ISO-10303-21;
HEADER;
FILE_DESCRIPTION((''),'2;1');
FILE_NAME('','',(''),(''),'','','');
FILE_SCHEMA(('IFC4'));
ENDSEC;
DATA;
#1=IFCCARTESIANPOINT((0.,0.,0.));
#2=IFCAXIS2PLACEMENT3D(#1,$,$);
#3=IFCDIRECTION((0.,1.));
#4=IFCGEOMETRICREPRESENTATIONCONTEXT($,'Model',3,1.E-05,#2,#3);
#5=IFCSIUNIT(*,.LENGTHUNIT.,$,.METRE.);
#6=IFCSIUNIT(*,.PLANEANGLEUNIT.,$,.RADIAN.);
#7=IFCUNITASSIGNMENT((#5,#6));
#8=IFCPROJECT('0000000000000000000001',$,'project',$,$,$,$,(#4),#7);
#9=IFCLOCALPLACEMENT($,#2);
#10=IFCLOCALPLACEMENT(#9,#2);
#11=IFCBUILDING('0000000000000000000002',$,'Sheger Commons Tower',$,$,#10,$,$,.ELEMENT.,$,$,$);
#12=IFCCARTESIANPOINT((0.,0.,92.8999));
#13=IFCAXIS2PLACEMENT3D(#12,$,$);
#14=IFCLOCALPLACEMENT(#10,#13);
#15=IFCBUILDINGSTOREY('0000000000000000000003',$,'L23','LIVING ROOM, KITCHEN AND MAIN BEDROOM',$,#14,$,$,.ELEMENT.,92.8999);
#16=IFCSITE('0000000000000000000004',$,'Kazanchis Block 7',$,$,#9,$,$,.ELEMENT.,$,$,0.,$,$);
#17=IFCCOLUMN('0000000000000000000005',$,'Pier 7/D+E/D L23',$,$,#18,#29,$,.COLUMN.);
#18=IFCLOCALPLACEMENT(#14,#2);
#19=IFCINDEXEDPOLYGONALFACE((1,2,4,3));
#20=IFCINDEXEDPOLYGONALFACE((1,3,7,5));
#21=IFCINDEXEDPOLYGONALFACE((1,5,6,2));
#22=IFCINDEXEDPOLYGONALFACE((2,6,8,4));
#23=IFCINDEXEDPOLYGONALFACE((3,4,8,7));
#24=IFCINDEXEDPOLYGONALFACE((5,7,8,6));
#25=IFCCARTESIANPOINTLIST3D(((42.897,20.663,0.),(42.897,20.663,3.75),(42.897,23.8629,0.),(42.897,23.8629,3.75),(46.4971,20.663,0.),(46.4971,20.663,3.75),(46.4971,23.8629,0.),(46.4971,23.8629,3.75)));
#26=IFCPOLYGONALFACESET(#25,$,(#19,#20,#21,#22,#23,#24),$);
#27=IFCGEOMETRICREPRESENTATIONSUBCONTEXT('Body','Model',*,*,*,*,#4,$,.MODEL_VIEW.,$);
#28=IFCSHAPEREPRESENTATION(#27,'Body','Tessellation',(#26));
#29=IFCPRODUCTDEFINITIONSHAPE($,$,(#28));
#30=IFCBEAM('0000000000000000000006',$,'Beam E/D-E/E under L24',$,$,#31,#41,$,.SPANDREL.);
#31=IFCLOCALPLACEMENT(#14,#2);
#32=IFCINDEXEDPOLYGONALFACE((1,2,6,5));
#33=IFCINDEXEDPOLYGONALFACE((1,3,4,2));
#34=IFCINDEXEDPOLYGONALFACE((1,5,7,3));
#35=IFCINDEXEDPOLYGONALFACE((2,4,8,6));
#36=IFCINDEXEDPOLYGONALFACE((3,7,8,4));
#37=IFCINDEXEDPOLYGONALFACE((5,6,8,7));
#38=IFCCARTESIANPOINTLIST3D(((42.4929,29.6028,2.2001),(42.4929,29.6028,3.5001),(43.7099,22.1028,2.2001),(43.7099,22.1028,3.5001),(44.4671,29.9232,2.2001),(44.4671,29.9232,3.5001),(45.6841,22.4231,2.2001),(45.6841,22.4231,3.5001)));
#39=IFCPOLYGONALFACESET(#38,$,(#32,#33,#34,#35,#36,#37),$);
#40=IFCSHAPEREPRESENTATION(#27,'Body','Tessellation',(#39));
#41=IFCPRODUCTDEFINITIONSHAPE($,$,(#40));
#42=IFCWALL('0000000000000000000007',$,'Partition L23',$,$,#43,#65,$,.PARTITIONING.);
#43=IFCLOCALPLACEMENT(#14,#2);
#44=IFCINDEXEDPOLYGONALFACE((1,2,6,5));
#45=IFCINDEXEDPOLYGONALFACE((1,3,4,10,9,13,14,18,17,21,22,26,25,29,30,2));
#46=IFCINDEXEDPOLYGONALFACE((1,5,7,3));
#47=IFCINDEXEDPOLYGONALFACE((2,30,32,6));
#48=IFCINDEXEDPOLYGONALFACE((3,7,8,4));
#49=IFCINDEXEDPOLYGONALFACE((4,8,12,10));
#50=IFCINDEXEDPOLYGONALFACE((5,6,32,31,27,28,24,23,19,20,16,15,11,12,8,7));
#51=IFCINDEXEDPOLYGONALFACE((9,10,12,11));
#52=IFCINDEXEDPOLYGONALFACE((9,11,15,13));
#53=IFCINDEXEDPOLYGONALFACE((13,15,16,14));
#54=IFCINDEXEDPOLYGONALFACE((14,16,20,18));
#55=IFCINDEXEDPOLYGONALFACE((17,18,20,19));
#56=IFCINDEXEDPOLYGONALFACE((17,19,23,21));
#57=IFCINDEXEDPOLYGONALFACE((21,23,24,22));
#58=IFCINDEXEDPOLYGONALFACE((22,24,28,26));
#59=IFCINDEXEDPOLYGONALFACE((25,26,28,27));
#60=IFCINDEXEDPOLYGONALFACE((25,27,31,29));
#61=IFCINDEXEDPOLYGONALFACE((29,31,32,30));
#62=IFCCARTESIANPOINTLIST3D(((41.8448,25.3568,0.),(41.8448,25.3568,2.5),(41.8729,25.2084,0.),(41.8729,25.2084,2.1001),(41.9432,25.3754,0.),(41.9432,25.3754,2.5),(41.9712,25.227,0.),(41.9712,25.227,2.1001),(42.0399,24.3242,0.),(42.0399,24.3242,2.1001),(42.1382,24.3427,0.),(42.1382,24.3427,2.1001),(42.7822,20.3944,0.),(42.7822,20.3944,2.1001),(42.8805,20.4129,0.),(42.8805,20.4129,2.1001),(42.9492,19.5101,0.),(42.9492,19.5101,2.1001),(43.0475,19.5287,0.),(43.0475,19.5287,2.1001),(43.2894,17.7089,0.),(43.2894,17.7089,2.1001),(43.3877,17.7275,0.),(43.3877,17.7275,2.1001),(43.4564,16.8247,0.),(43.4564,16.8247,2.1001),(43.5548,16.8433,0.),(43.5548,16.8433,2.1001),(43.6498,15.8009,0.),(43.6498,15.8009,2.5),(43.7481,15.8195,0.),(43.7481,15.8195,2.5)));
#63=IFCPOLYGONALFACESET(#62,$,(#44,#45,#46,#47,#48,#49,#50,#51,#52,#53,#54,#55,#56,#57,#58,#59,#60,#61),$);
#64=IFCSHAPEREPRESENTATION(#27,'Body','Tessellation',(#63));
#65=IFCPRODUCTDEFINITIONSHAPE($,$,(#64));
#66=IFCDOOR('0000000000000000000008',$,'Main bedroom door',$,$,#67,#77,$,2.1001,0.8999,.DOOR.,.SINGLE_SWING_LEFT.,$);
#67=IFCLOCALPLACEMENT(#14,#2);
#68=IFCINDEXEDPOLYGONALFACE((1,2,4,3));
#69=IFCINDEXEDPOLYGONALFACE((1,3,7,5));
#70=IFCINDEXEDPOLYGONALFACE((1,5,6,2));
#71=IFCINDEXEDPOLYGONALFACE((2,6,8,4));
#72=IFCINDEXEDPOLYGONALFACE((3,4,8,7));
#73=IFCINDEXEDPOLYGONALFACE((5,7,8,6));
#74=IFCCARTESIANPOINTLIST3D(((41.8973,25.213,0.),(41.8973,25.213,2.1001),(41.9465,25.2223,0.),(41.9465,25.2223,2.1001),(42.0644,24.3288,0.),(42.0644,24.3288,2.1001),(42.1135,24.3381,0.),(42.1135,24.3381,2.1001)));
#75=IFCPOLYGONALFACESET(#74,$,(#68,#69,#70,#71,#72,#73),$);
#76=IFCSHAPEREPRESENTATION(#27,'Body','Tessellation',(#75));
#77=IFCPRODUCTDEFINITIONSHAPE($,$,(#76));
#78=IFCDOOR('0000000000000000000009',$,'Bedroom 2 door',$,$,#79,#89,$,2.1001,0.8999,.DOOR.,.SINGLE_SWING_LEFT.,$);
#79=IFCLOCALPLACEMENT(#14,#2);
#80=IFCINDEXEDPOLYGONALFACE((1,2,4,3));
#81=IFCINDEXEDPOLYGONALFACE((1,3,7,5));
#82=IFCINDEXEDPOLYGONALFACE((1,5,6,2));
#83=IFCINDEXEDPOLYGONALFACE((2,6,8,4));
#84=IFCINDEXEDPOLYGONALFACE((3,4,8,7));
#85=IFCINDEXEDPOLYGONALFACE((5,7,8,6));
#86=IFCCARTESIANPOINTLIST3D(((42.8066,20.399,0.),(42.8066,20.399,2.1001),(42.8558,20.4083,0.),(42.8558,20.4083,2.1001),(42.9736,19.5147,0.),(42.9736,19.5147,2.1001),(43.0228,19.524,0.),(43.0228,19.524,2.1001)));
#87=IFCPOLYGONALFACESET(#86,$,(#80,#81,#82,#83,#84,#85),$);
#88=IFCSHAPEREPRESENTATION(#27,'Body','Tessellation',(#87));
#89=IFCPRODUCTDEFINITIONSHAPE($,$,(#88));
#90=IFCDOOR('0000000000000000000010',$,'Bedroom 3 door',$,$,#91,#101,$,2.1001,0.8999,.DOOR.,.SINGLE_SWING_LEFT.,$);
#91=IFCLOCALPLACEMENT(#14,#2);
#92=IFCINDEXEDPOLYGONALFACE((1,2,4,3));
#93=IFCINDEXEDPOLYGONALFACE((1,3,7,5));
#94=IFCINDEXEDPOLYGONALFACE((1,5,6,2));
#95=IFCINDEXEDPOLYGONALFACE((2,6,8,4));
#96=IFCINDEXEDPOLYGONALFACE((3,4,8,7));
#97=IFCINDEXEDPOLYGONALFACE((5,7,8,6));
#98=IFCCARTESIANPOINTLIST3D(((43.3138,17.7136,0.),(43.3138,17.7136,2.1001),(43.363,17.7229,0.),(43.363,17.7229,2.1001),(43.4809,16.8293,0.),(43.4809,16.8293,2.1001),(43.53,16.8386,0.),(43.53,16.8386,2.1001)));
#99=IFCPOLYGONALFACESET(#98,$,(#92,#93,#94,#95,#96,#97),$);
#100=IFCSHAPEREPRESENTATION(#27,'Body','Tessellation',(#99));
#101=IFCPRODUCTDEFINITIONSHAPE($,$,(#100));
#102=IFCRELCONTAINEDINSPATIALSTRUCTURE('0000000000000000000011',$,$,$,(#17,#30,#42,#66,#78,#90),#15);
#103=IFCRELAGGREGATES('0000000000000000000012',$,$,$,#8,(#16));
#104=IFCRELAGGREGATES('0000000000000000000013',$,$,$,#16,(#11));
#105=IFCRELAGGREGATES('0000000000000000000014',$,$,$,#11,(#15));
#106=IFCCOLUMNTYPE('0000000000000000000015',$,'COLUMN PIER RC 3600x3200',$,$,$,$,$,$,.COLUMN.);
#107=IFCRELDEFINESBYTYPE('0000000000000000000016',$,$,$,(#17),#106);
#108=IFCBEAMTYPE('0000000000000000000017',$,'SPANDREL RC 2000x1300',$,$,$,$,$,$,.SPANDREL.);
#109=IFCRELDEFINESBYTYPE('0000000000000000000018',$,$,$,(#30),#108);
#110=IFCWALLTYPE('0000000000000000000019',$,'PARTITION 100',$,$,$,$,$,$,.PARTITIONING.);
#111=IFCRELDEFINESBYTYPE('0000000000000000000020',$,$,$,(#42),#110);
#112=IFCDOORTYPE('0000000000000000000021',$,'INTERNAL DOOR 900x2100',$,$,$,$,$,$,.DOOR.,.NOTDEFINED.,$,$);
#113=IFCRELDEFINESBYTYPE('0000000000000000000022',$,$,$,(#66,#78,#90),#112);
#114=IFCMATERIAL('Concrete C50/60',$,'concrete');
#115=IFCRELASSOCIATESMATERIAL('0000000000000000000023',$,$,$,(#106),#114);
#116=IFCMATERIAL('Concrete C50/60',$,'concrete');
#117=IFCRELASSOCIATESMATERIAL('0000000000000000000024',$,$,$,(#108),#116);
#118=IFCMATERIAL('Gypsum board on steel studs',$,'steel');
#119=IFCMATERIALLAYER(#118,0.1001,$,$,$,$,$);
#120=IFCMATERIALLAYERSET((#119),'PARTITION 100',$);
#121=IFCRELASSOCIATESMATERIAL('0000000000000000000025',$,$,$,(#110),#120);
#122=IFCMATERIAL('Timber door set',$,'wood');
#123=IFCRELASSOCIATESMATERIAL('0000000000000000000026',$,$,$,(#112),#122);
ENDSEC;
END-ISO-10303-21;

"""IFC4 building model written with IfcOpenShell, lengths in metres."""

from ifc_helpers import new_model, si_unit, direction, frame, frame_2d, origin, origin_2d, place, context, subcontext, project, spatial, rectangle, extrude, material, layer, layer_set, material_profile, profile_set, type_object, element, fill, save


model = new_model("IFC4")

# Units and contexts
model_context = context("Model", 3, precision=1e-05, world=origin(), true_north=direction((0.0, 1.0)))
body_context = subcontext(model_context, "Body", "Model", "MODEL_VIEW")
ifc_project = project(units=[si_unit("LENGTHUNIT", "METRE"), si_unit("PLANEANGLEUNIT", "RADIAN")], contexts=[model_context])

# Site, building, storey
site_placement = place(None, origin())
site = spatial("IfcSite", under=ifc_project, at=site_placement, Name="Kazanchis Block 7", CompositionType="ELEMENT", RefElevation=0.0)
building_placement = place(site_placement, origin())
building = spatial("IfcBuilding", under=site, at=building_placement, Name="Sheger Commons Tower", CompositionType="ELEMENT")
storey_placement = place(building_placement, frame((0.0, 0.0, 92.8999)))
storey = spatial("IfcBuildingStorey", under=building, at=storey_placement, Name="L23", Description="LIVING ROOM, KITCHEN AND MAIN BEDROOM", CompositionType="ELEMENT", Elevation=92.8999)

# Column
ifc_material_1 = material(Name="Concrete C50/60", Category="concrete")
ifc_material_profile_1 = material_profile(ifc_material_1, rectangle(XDim=3.6001, YDim=3.2, at=origin_2d()), Name="RC 3600x3200")
ifc_profile_set_1 = profile_set([ifc_material_profile_1], Name="Concrete C50/60")
column_type = type_object("IfcColumnType", Name="COLUMN PIER RC 3600x3200", PredefinedType="COLUMN", material=ifc_profile_set_1)
column_placement = place(storey_placement, frame((44.697, 22.2629, 0.0), z_axis=(0.0, 0.0, 1.0), x_axis=(1.0, 0.0, 0.0)))
element("IfcColumn", 1, at=column_placement, inside=storey, type_object=column_type, Name="Pier 7/D+E/D L23", PredefinedType="COLUMN", context=body_context, shape_type="SweptSolid", body=[
    extrude(rectangle(XDim=3.6001, YDim=3.2, at=origin_2d()), origin(), (0.0, 0.0, 1.0), 3.75),
])

# Beam
ifc_material_2 = material(Name="Concrete C50/60", Category="concrete")
ifc_material_profile_2 = material_profile(ifc_material_2, rectangle(XDim=2.0, YDim=1.3, at=origin_2d()), Name="RC 2000x1300")
ifc_profile_set_2 = profile_set([ifc_material_profile_2], Name="Concrete C50/60")
beam_type = type_object("IfcBeamType", Name="SPANDREL RC 2000x1300", PredefinedType="SPANDREL", material=ifc_profile_set_2)
beam_placement = place(storey_placement, frame((44.697, 22.2629, 2.8501), z_axis=(-0.160177, 0.987088, 0.0), x_axis=(-0.987088, -0.160177, 0.0)))
element("IfcBeam", 2, at=beam_placement, inside=storey, type_object=beam_type, Name="Beam E/D-E/E under L24", PredefinedType="SPANDREL", context=body_context, shape_type="SweptSolid", body=[
    extrude(rectangle(XDim=2.0, YDim=1.3, at=origin_2d()), origin(), (0.0, 0.0, 1.0), 7.5981),
])

# Wall, openings, doors
ifc_material_3 = material(Name="Gypsum board on steel studs", Category="steel")
ifc_layer = layer(ifc_material_3, 0.1001)
ifc_layer_set = layer_set([ifc_layer], Name="PARTITION 100")
wall_type = type_object("IfcWallType", Name="PARTITION 100", PredefinedType="PARTITIONING", material=ifc_layer_set)
wall_1_placement = place(storey_placement, frame((41.894, 25.366, 0.0), z_axis=(0.0, 0.0, 1.0), x_axis=(0.1856, -0.982625, 0.0)))
wall_1 = element("IfcWall", 3, at=wall_1_placement, inside=storey, type_object=wall_type, Name="Partition L23", PredefinedType="PARTITIONING", context=body_context, shape_type="SweptSolid", body=[
    extrude(rectangle(XDim=9.7249, YDim=0.1001, at=frame_2d((4.8623, 0.0))), origin(), (0.0, 0.0, 1.0), 2.5),
])
opening_1_placement = place(wall_1_placement, frame((0.1509, 0.0, 0.0)))
opening_1 = element("IfcOpeningElement", 4, at=opening_1_placement, cuts=wall_1, PredefinedType="OPENING", context=body_context, shape_type="SweptSolid", body=[
    extrude(rectangle(XDim=0.8999, YDim=2.1001, at=frame_2d((0.45, 1.05))), frame((0.0, 0.0601, 0.0), z_axis=(0.0, -1.0, 0.0), x_axis=(1.0, 0.0, 0.0)), (0.0, 0.0, 1.0), 0.1201),
])
opening_2_placement = place(wall_1_placement, frame((5.05, 0.0, 0.0)))
opening_2 = element("IfcOpeningElement", 5, at=opening_2_placement, cuts=wall_1, PredefinedType="OPENING", context=body_context, shape_type="SweptSolid", body=[
    extrude(rectangle(XDim=0.8999, YDim=2.1001, at=frame_2d((0.45, 1.05))), frame((0.0, 0.0601, 0.0), z_axis=(0.0, -1.0, 0.0), x_axis=(1.0, 0.0, 0.0)), (0.0, 0.0, 1.0), 0.1201),
])
opening_3_placement = place(wall_1_placement, frame((7.783, 0.0, 0.0)))
opening_3 = element("IfcOpeningElement", 6, at=opening_3_placement, cuts=wall_1, PredefinedType="OPENING", context=body_context, shape_type="SweptSolid", body=[
    extrude(rectangle(XDim=0.8999, YDim=2.1001, at=frame_2d((0.45, 1.05))), frame((0.0, 0.0601, 0.0), z_axis=(0.0, -1.0, 0.0), x_axis=(1.0, 0.0, 0.0)), (0.0, 0.0, 1.0), 0.1201),
])
ifc_material_4 = material(Name="Timber door set", Category="wood")
door_type = type_object("IfcDoorType", Name="INTERNAL DOOR 900x2100", OperationType="NOTDEFINED", PredefinedType="DOOR", material=ifc_material_4)
door_1_placement = place(opening_1_placement, origin())
door_1 = element("IfcDoor", 7, at=door_1_placement, inside=storey, type_object=door_type, Name="Main bedroom door", OperationType="SINGLE_SWING_LEFT", OverallHeight=2.1001, OverallWidth=0.8999, PredefinedType="DOOR", context=body_context, shape_type="SweptSolid", body=[
    extrude(rectangle(XDim=0.8999, YDim=2.1001, at=frame_2d((0.45, 1.05))), frame((0.0, 0.0249, 0.0), z_axis=(0.0, -1.0, 0.0), x_axis=(1.0, 0.0, 0.0)), (0.0, 0.0, 1.0), 0.05),
])
fill(opening_1, door_1)
door_2_placement = place(opening_2_placement, origin())
door_2 = element("IfcDoor", 8, at=door_2_placement, inside=storey, type_object=door_type, Name="Bedroom 2 door", OperationType="SINGLE_SWING_LEFT", OverallHeight=2.1001, OverallWidth=0.8999, PredefinedType="DOOR", context=body_context, shape_type="SweptSolid", body=[
    extrude(rectangle(XDim=0.8999, YDim=2.1001, at=frame_2d((0.45, 1.05))), frame((0.0, 0.0249, 0.0), z_axis=(0.0, -1.0, 0.0), x_axis=(1.0, 0.0, 0.0)), (0.0, 0.0, 1.0), 0.05),
])
fill(opening_2, door_2)
door_3_placement = place(opening_3_placement, origin())
door_3 = element("IfcDoor", 9, at=door_3_placement, inside=storey, type_object=door_type, Name="Bedroom 3 door", OperationType="SINGLE_SWING_LEFT", OverallHeight=2.1001, OverallWidth=0.8999, PredefinedType="DOOR", context=body_context, shape_type="SweptSolid", body=[
    extrude(rectangle(XDim=0.8999, YDim=2.1001, at=frame_2d((0.45, 1.05))), frame((0.0, 0.0249, 0.0), z_axis=(0.0, -1.0, 0.0), x_axis=(1.0, 0.0, 0.0)), (0.0, 0.0, 1.0), 0.05),
])
fill(opening_3, door_3)

save(model, "model.ifc")
